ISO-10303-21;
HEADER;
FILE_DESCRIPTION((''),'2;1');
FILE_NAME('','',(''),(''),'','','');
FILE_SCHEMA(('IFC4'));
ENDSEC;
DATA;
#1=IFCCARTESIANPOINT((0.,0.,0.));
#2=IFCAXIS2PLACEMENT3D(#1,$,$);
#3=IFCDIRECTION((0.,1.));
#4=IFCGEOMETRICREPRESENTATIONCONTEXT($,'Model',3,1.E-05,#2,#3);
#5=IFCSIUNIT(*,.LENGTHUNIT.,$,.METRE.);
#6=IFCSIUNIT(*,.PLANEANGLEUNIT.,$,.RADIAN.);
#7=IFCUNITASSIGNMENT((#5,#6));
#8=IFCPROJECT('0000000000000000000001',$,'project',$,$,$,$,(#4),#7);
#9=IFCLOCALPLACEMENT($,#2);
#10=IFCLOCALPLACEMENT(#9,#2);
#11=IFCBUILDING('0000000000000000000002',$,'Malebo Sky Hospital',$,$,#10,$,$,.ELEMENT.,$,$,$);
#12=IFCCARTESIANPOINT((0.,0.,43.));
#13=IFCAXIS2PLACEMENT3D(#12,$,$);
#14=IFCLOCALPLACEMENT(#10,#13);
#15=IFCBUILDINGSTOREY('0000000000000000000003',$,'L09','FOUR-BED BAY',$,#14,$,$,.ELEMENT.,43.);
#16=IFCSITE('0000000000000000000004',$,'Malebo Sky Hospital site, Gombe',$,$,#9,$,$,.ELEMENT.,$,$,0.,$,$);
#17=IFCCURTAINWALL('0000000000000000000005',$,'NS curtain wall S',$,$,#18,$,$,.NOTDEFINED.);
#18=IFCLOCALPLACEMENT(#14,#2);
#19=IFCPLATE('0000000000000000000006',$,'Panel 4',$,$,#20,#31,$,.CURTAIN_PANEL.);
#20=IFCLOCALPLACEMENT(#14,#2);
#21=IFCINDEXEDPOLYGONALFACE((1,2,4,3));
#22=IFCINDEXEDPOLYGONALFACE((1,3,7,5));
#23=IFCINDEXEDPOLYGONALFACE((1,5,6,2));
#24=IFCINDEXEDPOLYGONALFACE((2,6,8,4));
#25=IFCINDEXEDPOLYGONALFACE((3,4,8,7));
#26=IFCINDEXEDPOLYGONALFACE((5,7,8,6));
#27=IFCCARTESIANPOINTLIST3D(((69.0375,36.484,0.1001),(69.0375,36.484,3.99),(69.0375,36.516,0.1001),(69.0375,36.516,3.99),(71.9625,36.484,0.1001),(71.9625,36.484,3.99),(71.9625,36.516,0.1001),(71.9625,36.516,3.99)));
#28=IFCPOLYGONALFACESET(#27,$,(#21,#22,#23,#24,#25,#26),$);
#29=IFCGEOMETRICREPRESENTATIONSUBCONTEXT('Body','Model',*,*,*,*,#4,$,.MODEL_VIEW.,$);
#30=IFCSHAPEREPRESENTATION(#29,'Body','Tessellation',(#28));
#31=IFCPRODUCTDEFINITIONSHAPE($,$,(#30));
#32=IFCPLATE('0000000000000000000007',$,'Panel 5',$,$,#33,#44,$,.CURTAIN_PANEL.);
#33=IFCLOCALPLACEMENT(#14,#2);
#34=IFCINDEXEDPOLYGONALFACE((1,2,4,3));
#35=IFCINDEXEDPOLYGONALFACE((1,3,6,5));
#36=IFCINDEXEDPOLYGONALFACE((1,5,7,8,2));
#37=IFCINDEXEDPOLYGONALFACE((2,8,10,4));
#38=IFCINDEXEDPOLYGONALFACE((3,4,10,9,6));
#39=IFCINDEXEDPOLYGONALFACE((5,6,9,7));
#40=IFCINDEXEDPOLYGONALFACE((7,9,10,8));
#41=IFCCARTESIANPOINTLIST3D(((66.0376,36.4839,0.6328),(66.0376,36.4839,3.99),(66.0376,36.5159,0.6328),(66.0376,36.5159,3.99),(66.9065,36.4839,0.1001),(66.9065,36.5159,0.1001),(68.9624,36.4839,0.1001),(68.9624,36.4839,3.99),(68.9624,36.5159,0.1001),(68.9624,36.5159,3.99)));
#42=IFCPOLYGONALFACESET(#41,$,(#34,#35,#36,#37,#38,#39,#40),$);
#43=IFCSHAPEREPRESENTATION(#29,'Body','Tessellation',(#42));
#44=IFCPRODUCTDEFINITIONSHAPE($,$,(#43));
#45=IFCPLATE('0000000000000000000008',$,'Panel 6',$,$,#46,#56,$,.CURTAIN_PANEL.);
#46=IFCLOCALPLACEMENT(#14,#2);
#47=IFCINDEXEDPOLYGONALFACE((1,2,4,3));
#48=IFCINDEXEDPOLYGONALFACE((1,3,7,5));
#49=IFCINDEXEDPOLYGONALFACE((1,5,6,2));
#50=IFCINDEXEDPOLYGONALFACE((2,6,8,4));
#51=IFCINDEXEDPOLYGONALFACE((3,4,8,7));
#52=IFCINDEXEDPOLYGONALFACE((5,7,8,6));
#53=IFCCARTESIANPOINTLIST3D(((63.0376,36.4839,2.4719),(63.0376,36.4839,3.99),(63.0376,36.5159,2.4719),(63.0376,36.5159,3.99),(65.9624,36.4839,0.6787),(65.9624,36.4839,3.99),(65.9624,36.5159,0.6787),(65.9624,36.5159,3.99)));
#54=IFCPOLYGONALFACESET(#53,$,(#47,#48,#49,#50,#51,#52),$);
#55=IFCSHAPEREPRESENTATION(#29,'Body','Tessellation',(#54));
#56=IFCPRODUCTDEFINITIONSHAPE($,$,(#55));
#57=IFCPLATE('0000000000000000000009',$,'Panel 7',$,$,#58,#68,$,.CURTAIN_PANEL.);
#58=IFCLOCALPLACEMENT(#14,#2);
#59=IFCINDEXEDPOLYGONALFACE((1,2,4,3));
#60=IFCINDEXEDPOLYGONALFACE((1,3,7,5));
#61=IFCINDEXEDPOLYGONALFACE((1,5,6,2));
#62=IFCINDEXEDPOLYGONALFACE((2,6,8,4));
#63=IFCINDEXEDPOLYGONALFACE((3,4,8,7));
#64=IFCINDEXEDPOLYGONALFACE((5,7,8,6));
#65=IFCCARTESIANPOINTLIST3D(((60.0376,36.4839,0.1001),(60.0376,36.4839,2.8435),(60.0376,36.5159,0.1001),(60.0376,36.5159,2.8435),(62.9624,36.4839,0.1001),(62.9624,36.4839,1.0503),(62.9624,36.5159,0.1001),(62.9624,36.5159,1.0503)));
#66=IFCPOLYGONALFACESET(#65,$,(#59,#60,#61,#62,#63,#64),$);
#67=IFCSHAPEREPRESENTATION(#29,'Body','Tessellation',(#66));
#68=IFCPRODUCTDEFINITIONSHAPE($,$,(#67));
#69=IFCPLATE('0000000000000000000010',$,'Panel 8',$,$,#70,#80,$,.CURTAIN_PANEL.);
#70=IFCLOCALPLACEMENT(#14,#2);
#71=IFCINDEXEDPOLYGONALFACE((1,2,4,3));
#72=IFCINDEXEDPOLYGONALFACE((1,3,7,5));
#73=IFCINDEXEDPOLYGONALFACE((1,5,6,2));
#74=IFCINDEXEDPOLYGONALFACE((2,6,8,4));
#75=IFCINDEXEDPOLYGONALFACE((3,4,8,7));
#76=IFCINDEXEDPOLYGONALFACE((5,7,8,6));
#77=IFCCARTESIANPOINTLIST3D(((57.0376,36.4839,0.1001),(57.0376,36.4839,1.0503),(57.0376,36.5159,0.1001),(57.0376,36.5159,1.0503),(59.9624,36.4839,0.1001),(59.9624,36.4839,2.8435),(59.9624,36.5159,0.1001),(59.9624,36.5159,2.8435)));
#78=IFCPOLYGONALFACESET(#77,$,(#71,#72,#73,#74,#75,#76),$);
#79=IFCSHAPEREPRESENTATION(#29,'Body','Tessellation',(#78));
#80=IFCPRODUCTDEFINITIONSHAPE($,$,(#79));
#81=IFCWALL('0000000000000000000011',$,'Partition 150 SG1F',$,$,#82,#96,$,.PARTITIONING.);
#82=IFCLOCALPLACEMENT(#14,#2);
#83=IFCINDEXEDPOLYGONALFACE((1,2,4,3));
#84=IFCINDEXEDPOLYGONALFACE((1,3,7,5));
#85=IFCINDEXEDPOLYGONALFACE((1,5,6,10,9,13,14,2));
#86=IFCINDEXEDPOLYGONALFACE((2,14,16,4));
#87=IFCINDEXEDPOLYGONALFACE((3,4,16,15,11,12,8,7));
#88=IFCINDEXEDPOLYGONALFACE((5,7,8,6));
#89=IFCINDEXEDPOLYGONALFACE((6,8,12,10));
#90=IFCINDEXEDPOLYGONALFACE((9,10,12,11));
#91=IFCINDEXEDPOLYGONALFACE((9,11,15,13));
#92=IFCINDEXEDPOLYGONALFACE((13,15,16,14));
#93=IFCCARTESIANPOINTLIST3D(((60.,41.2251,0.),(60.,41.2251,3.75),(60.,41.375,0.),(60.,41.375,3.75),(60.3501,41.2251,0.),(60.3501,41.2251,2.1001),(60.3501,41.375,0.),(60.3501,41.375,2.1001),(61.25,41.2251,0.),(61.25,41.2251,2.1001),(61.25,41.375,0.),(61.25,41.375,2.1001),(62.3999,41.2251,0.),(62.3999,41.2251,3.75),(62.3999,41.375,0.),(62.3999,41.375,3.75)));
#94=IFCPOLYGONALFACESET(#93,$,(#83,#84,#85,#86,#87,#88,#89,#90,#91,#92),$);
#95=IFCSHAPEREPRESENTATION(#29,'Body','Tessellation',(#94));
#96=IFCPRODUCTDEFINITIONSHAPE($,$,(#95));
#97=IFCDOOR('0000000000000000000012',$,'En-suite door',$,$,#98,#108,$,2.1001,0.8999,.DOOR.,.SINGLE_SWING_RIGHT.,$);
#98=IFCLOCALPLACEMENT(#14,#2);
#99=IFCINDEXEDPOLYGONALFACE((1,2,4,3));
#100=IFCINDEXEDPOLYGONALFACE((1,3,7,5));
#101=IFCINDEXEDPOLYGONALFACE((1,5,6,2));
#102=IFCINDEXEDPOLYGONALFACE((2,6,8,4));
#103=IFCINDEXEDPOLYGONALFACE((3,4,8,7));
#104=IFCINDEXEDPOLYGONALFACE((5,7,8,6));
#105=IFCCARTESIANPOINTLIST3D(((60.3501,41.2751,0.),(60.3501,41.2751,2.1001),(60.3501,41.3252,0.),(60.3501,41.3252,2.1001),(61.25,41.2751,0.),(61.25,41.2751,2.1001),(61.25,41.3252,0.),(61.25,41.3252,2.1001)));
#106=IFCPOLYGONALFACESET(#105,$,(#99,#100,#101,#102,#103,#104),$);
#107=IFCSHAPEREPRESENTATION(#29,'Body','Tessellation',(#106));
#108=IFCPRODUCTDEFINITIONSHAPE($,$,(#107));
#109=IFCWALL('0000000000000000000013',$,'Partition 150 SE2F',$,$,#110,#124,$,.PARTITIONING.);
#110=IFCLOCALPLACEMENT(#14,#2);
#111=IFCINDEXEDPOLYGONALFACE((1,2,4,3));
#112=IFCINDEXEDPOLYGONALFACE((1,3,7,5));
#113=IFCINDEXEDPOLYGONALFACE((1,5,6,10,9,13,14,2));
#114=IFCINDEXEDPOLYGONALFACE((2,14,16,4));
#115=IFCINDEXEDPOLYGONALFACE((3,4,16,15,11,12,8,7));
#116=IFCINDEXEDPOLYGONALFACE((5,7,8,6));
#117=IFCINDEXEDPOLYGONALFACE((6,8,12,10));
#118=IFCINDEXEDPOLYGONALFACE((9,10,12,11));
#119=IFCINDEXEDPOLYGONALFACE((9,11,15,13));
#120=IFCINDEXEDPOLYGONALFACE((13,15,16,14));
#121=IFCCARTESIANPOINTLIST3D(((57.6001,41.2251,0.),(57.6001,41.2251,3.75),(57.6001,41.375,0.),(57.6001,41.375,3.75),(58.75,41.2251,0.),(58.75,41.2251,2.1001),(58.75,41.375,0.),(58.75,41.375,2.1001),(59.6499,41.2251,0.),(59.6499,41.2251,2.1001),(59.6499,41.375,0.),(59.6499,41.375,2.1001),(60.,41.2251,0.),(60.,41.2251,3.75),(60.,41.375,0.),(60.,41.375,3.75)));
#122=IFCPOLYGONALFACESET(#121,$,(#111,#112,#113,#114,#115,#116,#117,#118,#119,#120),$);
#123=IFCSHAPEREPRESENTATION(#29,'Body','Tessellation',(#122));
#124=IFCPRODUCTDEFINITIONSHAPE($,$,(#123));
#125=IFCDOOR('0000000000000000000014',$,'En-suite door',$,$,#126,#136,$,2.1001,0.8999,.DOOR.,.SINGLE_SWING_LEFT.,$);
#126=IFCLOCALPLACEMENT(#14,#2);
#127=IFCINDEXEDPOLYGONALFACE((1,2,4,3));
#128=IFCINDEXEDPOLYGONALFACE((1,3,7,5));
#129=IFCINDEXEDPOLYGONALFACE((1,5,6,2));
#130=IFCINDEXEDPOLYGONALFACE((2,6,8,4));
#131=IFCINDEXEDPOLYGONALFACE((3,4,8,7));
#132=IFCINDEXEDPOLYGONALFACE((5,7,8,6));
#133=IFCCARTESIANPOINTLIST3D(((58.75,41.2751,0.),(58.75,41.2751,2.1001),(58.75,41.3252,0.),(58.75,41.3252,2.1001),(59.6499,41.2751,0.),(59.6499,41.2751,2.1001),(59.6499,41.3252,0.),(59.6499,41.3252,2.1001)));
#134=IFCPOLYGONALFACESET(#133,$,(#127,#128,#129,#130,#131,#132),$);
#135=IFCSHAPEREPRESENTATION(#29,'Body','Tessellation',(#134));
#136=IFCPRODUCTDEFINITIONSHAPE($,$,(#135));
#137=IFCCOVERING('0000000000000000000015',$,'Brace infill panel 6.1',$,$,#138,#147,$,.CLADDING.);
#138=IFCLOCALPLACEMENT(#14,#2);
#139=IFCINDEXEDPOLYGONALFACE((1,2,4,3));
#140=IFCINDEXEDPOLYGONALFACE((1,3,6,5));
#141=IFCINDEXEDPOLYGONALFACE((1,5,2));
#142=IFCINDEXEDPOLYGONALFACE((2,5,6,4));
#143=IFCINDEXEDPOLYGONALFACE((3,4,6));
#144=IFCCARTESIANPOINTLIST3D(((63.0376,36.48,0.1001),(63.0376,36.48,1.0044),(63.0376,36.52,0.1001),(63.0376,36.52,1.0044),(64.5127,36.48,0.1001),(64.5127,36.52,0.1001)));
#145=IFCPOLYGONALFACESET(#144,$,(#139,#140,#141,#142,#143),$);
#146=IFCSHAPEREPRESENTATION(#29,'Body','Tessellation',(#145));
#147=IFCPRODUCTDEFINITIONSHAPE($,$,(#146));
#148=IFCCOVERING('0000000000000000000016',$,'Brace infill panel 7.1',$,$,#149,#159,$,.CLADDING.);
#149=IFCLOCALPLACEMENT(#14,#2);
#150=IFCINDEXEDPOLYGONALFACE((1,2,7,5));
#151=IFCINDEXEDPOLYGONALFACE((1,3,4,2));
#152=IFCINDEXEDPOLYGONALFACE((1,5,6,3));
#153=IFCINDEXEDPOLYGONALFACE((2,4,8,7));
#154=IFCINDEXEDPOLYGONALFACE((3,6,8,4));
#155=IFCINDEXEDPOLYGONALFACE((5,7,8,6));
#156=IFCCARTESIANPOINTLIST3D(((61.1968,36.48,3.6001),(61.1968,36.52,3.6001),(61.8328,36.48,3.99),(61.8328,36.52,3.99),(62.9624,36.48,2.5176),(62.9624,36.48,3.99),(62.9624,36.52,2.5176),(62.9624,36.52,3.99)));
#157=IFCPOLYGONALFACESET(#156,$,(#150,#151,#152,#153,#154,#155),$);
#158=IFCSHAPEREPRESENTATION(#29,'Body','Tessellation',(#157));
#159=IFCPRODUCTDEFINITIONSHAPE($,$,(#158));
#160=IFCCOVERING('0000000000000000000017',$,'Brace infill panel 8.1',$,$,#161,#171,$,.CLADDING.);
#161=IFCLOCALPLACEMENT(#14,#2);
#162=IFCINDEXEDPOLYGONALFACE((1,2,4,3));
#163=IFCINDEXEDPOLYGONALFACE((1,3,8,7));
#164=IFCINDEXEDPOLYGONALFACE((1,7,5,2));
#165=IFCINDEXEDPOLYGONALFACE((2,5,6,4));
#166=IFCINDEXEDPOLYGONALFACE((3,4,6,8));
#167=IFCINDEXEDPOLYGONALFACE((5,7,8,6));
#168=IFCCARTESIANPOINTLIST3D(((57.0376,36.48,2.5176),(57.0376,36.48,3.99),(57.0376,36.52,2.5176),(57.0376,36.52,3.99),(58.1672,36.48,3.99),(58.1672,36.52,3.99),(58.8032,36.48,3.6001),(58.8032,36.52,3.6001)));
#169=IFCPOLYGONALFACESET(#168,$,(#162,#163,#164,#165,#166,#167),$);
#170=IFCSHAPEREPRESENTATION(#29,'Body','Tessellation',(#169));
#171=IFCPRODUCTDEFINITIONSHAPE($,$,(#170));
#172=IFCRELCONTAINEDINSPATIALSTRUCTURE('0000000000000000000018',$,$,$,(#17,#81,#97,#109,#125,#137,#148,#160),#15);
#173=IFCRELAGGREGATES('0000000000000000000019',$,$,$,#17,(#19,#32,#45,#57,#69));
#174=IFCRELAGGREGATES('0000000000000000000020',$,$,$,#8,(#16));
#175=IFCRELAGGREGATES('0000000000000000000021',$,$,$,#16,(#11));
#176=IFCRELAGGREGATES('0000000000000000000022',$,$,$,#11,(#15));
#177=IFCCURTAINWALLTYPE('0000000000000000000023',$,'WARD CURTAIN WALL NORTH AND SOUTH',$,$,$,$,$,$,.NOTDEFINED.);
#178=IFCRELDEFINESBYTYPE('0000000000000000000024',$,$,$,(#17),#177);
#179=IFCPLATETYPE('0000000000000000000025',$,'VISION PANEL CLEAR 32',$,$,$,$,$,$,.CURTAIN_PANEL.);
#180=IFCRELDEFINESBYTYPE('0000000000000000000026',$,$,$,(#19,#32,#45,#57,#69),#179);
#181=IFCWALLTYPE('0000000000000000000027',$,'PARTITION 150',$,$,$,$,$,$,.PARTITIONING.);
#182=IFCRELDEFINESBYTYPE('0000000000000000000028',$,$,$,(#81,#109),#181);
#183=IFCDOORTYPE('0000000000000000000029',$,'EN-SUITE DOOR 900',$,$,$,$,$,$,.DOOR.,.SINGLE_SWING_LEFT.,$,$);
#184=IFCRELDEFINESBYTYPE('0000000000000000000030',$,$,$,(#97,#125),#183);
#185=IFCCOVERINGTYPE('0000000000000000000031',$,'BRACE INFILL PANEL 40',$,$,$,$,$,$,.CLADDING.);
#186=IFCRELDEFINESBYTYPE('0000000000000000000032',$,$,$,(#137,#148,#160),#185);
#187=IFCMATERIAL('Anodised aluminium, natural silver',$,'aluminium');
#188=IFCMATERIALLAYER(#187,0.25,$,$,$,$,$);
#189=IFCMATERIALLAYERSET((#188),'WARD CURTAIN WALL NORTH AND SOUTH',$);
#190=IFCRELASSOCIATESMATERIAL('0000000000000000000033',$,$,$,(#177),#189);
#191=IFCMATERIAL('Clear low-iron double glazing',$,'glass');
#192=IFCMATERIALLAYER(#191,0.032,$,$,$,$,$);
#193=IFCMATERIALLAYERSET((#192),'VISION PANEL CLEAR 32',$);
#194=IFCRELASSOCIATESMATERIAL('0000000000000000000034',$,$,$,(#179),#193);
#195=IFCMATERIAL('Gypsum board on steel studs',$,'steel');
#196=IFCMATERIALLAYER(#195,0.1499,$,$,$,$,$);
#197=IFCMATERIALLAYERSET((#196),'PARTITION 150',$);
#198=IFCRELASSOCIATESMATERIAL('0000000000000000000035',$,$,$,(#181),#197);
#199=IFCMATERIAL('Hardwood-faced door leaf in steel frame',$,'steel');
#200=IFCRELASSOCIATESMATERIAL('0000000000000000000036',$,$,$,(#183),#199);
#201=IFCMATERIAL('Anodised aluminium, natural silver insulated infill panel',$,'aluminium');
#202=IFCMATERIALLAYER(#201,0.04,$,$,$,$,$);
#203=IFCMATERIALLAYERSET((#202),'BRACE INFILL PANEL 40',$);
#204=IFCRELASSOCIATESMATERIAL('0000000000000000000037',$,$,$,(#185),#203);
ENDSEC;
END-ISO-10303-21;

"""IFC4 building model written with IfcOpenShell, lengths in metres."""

from ifc_helpers import new_model, si_unit, direction, frame, frame_2d, origin, origin_2d, place, context, subcontext, project, spatial, polyline, rectangle, outline, extrude, material, layer, layer_set, type_object, element, fill, aggregate, save


model = new_model("IFC4")

# Units and contexts
model_context = context("Model", 3, precision=1e-05, world=origin(), true_north=direction((0.0, 1.0)))
body_context = subcontext(model_context, "Body", "Model", "MODEL_VIEW")
ifc_project = project(units=[si_unit("LENGTHUNIT", "METRE"), si_unit("PLANEANGLEUNIT", "RADIAN")], contexts=[model_context])

# Site, building, storey
site_placement = place(None, origin())
site = spatial("IfcSite", under=ifc_project, at=site_placement, Name="Malebo Sky Hospital site, Gombe", CompositionType="ELEMENT", RefElevation=0.0)
building_placement = place(site_placement, origin())
building = spatial("IfcBuilding", under=site, at=building_placement, Name="Malebo Sky Hospital", CompositionType="ELEMENT")
storey_placement = place(building_placement, frame((0.0, 0.0, 43.0)))
storey = spatial("IfcBuildingStorey", under=building, at=storey_placement, Name="L09", Description="FOUR-BED BAY", CompositionType="ELEMENT", Elevation=43.0)

# Curtain wall
ifc_material_1 = material(Name="Anodised aluminium, natural silver", Category="aluminium")
ifc_layer_1 = layer(ifc_material_1, 0.25)
ifc_layer_set_1 = layer_set([ifc_layer_1], Name="WARD CURTAIN WALL NORTH AND SOUTH")
curtain_wall_type = type_object("IfcCurtainWallType", Name="WARD CURTAIN WALL NORTH AND SOUTH", PredefinedType="NOTDEFINED", material=ifc_layer_set_1)
curtain_wall_placement = place(storey_placement, origin())
curtain_wall = element("IfcCurtainWall", 1, at=curtain_wall_placement, inside=storey, type_object=curtain_wall_type, Name="NS curtain wall S", PredefinedType="NOTDEFINED")

# Plates
ifc_material_2 = material(Name="Clear low-iron double glazing", Category="glass")
ifc_layer_2 = layer(ifc_material_2, 0.032)
ifc_layer_set_2 = layer_set([ifc_layer_2], Name="VISION PANEL CLEAR 32")
plate_type = type_object("IfcPlateType", Name="VISION PANEL CLEAR 32", PredefinedType="CURTAIN_PANEL", material=ifc_layer_set_2)
plate_1_placement = place(storey_placement, frame((70.5, 36.5, 0.1001), z_axis=(0.0, 0.0, 1.0), x_axis=(-1.0, 0.0, 0.0)))
plate_1 = element("IfcPlate", 2, at=plate_1_placement, type_object=plate_type, Name="Panel 4", PredefinedType="CURTAIN_PANEL", context=body_context, shape_type="SweptSolid", body=[
    extrude(rectangle(XDim=2.925, YDim=0.032, at=origin_2d()), origin(), (0.0, 0.0, 1.0), 3.8899),
])
plate_2_placement = place(storey_placement, frame((67.5, 36.5, 0.1001), z_axis=(0.0, 0.0, 1.0), x_axis=(-1.0, 0.0, 0.0)))
plate_2 = element("IfcPlate", 3, at=plate_2_placement, type_object=plate_type, Name="Panel 5", PredefinedType="CURTAIN_PANEL", context=body_context, shape_type="SweptSolid", body=[
    extrude(outline(polyline([(-1.4624, 0.0), (0.5935, 0.0), (1.4624, 0.5327), (1.4624, 3.8899), (-1.4624, 3.8899), (-1.4624, 0.0)])), frame((0.0, 0.0161, 0.0), z_axis=(0.0, -1.0, 0.0), x_axis=(1.0, 0.0, 0.0)), (0.0, 0.0, 1.0), 0.032),
])
plate_3_placement = place(storey_placement, frame((64.5, 36.5, 0.6787), z_axis=(0.0, 0.0, 1.0), x_axis=(-1.0, 0.0, 0.0)))
plate_3 = element("IfcPlate", 4, at=plate_3_placement, type_object=plate_type, Name="Panel 6", PredefinedType="CURTAIN_PANEL", context=body_context, shape_type="SweptSolid", body=[
    extrude(outline(polyline([(-1.4624, 0.0), (1.4624, 1.7932), (1.4624, 3.3113), (-1.4624, 3.3113), (-1.4624, 0.0)])), frame((0.0, 0.0161, 0.0), z_axis=(0.0, -1.0, 0.0), x_axis=(1.0, 0.0, 0.0)), (0.0, 0.0, 1.0), 0.032),
])
plate_4_placement = place(storey_placement, frame((61.5, 36.5, 0.1001), z_axis=(0.0, 0.0, 1.0), x_axis=(-1.0, 0.0, 0.0)))
plate_4 = element("IfcPlate", 5, at=plate_4_placement, type_object=plate_type, Name="Panel 7", PredefinedType="CURTAIN_PANEL", context=body_context, shape_type="SweptSolid", body=[
    extrude(outline(polyline([(-1.4624, 0.0), (1.4624, 0.0), (1.4624, 2.7434), (-1.4624, 0.9502), (-1.4624, 0.0)])), frame((0.0, 0.0161, 0.0), z_axis=(0.0, -1.0, 0.0), x_axis=(1.0, 0.0, 0.0)), (0.0, 0.0, 1.0), 0.032),
])
plate_5_placement = place(storey_placement, frame((58.5, 36.5, 0.1001), z_axis=(0.0, 0.0, 1.0), x_axis=(-1.0, 0.0, 0.0)))
plate_5 = element("IfcPlate", 6, at=plate_5_placement, type_object=plate_type, Name="Panel 8", PredefinedType="CURTAIN_PANEL", context=body_context, shape_type="SweptSolid", body=[
    extrude(outline(polyline([(-1.4624, 0.0), (1.4624, 0.0), (1.4624, 0.9502), (-1.4624, 2.7434), (-1.4624, 0.0)])), frame((0.0, 0.0161, 0.0), z_axis=(0.0, -1.0, 0.0), x_axis=(1.0, 0.0, 0.0)), (0.0, 0.0, 1.0), 0.032),
])
aggregate(curtain_wall, [plate_1, plate_2, plate_3, plate_4, plate_5])

# Walls, openings, doors
ifc_material_3 = material(Name="Gypsum board on steel studs", Category="steel")
ifc_layer_3 = layer(ifc_material_3, 0.1499)
ifc_layer_set_3 = layer_set([ifc_layer_3], Name="PARTITION 150")
wall_type = type_object("IfcWallType", Name="PARTITION 150", PredefinedType="PARTITIONING", material=ifc_layer_set_3)
wall_1_placement = place(storey_placement, frame((62.3999, 41.3, 0.0), z_axis=(0.0, 0.0, 1.0), x_axis=(-1.0, 0.0, 0.0)))
wall_1 = element("IfcWall", 7, at=wall_1_placement, inside=storey, type_object=wall_type, Name="Partition 150 SG1F", PredefinedType="PARTITIONING", context=body_context, shape_type="SweptSolid", body=[
    extrude(rectangle(XDim=2.3999, YDim=0.1499, at=frame_2d((1.2, 0.0))), origin(), (0.0, 0.0, 1.0), 3.75),
])
opening_1_placement = place(wall_1_placement, frame((1.1499, 0.0, 0.0)))
opening_1 = element("IfcOpeningElement", 8, at=opening_1_placement, cuts=wall_1, PredefinedType="OPENING", context=body_context, shape_type="SweptSolid", body=[
    extrude(rectangle(XDim=0.8999, YDim=2.1001, at=frame_2d((0.45, 1.05))), frame((0.0, 0.085, 0.0), z_axis=(0.0, -1.0, 0.0), x_axis=(1.0, 0.0, 0.0)), (0.0, 0.0, 1.0), 0.1699),
])
ifc_material_4 = material(Name="Hardwood-faced door leaf in steel frame", Category="steel")
door_type = type_object("IfcDoorType", Name="EN-SUITE DOOR 900", OperationType="SINGLE_SWING_LEFT", PredefinedType="DOOR", material=ifc_material_4)
door_1_placement = place(opening_1_placement, origin())
door_1 = element("IfcDoor", 9, at=door_1_placement, inside=storey, type_object=door_type, Name="En-suite door", OperationType="SINGLE_SWING_RIGHT", OverallHeight=2.1001, OverallWidth=0.8999, PredefinedType="DOOR", context=body_context, shape_type="SweptSolid", body=[
    extrude(rectangle(XDim=0.8999, YDim=2.1001, at=frame_2d((0.45, 1.05))), frame((0.0, 0.0249, 0.0), z_axis=(0.0, -1.0, 0.0), x_axis=(1.0, 0.0, 0.0)), (0.0, 0.0, 1.0), 0.05),
])
fill(opening_1, door_1)
wall_2_placement = place(storey_placement, frame((60.0, 41.3, 0.0), z_axis=(0.0, 0.0, 1.0), x_axis=(-1.0, 0.0, 0.0)))
wall_2 = element("IfcWall", 10, at=wall_2_placement, inside=storey, type_object=wall_type, Name="Partition 150 SE2F", PredefinedType="PARTITIONING", context=body_context, shape_type="SweptSolid", body=[
    extrude(rectangle(XDim=2.3999, YDim=0.1499, at=frame_2d((1.2, 0.0))), origin(), (0.0, 0.0, 1.0), 3.75),
])
opening_2_placement = place(wall_2_placement, frame((0.3501, 0.0, 0.0)))
opening_2 = element("IfcOpeningElement", 11, at=opening_2_placement, cuts=wall_2, PredefinedType="OPENING", context=body_context, shape_type="SweptSolid", body=[
    extrude(rectangle(XDim=0.8999, YDim=2.1001, at=frame_2d((0.45, 1.05))), frame((0.0, 0.085, 0.0), z_axis=(0.0, -1.0, 0.0), x_axis=(1.0, 0.0, 0.0)), (0.0, 0.0, 1.0), 0.1699),
])
door_2_placement = place(opening_2_placement, origin())
door_2 = element("IfcDoor", 12, at=door_2_placement, inside=storey, type_object=door_type, Name="En-suite door", OperationType="SINGLE_SWING_LEFT", OverallHeight=2.1001, OverallWidth=0.8999, PredefinedType="DOOR", context=body_context, shape_type="SweptSolid", body=[
    extrude(rectangle(XDim=0.8999, YDim=2.1001, at=frame_2d((0.45, 1.05))), frame((0.0, 0.0249, 0.0), z_axis=(0.0, -1.0, 0.0), x_axis=(1.0, 0.0, 0.0)), (0.0, 0.0, 1.0), 0.05),
])
fill(opening_2, door_2)

# Coverings
ifc_material_5 = material(Name="Anodised aluminium, natural silver insulated infill panel", Category="aluminium")
ifc_layer_4 = layer(ifc_material_5, 0.04)
ifc_layer_set_4 = layer_set([ifc_layer_4], Name="BRACE INFILL PANEL 40")
covering_type = type_object("IfcCoveringType", Name="BRACE INFILL PANEL 40", PredefinedType="CLADDING", material=ifc_layer_set_4)
covering_1_placement = place(storey_placement, frame((63.7751, 36.5, 0.1001), z_axis=(0.0, 0.0, 1.0), x_axis=(-1.0, 0.0, 0.0)))
element("IfcCovering", 13, at=covering_1_placement, inside=storey, type_object=covering_type, Name="Brace infill panel 6.1", PredefinedType="CLADDING", context=body_context, shape_type="SweptSolid", body=[
    extrude(outline(polyline([(-0.7375, 0.0), (0.7375, 0.0), (0.7375, 0.9043), (-0.7375, 0.0)])), frame((0.0, 0.02, 0.0), z_axis=(0.0, -1.0, 0.0), x_axis=(1.0, 0.0, 0.0)), (0.0, 0.0, 1.0), 0.04),
])
covering_2_placement = place(storey_placement, frame((62.0796, 36.5, 2.5176), z_axis=(0.0, 0.0, 1.0), x_axis=(-1.0, 0.0, 0.0)))
element("IfcCovering", 14, at=covering_2_placement, inside=storey, type_object=covering_type, Name="Brace infill panel 7.1", PredefinedType="CLADDING", context=body_context, shape_type="SweptSolid", body=[
    extrude(outline(polyline([(-0.8828, 0.0), (0.8828, 1.0825), (0.2468, 1.4724), (-0.8828, 1.4724), (-0.8828, 0.0)])), frame((0.0, 0.02, 0.0), z_axis=(0.0, -1.0, 0.0), x_axis=(1.0, 0.0, 0.0)), (0.0, 0.0, 1.0), 0.04),
])
covering_3_placement = place(storey_placement, frame((57.9204, 36.5, 2.5176), z_axis=(0.0, 0.0, 1.0), x_axis=(-1.0, 0.0, 0.0)))
element("IfcCovering", 15, at=covering_3_placement, inside=storey, type_object=covering_type, Name="Brace infill panel 8.1", PredefinedType="CLADDING", context=body_context, shape_type="SweptSolid", body=[
    extrude(outline(polyline([(0.8828, 0.0), (0.8828, 1.4724), (-0.2468, 1.4724), (-0.8828, 1.0825), (0.8828, 0.0)])), frame((0.0, 0.02, 0.0), z_axis=(0.0, -1.0, 0.0), x_axis=(1.0, 0.0, 0.0)), (0.0, 0.0, 1.0), 0.04),
])

save(model, "model.ifc")
